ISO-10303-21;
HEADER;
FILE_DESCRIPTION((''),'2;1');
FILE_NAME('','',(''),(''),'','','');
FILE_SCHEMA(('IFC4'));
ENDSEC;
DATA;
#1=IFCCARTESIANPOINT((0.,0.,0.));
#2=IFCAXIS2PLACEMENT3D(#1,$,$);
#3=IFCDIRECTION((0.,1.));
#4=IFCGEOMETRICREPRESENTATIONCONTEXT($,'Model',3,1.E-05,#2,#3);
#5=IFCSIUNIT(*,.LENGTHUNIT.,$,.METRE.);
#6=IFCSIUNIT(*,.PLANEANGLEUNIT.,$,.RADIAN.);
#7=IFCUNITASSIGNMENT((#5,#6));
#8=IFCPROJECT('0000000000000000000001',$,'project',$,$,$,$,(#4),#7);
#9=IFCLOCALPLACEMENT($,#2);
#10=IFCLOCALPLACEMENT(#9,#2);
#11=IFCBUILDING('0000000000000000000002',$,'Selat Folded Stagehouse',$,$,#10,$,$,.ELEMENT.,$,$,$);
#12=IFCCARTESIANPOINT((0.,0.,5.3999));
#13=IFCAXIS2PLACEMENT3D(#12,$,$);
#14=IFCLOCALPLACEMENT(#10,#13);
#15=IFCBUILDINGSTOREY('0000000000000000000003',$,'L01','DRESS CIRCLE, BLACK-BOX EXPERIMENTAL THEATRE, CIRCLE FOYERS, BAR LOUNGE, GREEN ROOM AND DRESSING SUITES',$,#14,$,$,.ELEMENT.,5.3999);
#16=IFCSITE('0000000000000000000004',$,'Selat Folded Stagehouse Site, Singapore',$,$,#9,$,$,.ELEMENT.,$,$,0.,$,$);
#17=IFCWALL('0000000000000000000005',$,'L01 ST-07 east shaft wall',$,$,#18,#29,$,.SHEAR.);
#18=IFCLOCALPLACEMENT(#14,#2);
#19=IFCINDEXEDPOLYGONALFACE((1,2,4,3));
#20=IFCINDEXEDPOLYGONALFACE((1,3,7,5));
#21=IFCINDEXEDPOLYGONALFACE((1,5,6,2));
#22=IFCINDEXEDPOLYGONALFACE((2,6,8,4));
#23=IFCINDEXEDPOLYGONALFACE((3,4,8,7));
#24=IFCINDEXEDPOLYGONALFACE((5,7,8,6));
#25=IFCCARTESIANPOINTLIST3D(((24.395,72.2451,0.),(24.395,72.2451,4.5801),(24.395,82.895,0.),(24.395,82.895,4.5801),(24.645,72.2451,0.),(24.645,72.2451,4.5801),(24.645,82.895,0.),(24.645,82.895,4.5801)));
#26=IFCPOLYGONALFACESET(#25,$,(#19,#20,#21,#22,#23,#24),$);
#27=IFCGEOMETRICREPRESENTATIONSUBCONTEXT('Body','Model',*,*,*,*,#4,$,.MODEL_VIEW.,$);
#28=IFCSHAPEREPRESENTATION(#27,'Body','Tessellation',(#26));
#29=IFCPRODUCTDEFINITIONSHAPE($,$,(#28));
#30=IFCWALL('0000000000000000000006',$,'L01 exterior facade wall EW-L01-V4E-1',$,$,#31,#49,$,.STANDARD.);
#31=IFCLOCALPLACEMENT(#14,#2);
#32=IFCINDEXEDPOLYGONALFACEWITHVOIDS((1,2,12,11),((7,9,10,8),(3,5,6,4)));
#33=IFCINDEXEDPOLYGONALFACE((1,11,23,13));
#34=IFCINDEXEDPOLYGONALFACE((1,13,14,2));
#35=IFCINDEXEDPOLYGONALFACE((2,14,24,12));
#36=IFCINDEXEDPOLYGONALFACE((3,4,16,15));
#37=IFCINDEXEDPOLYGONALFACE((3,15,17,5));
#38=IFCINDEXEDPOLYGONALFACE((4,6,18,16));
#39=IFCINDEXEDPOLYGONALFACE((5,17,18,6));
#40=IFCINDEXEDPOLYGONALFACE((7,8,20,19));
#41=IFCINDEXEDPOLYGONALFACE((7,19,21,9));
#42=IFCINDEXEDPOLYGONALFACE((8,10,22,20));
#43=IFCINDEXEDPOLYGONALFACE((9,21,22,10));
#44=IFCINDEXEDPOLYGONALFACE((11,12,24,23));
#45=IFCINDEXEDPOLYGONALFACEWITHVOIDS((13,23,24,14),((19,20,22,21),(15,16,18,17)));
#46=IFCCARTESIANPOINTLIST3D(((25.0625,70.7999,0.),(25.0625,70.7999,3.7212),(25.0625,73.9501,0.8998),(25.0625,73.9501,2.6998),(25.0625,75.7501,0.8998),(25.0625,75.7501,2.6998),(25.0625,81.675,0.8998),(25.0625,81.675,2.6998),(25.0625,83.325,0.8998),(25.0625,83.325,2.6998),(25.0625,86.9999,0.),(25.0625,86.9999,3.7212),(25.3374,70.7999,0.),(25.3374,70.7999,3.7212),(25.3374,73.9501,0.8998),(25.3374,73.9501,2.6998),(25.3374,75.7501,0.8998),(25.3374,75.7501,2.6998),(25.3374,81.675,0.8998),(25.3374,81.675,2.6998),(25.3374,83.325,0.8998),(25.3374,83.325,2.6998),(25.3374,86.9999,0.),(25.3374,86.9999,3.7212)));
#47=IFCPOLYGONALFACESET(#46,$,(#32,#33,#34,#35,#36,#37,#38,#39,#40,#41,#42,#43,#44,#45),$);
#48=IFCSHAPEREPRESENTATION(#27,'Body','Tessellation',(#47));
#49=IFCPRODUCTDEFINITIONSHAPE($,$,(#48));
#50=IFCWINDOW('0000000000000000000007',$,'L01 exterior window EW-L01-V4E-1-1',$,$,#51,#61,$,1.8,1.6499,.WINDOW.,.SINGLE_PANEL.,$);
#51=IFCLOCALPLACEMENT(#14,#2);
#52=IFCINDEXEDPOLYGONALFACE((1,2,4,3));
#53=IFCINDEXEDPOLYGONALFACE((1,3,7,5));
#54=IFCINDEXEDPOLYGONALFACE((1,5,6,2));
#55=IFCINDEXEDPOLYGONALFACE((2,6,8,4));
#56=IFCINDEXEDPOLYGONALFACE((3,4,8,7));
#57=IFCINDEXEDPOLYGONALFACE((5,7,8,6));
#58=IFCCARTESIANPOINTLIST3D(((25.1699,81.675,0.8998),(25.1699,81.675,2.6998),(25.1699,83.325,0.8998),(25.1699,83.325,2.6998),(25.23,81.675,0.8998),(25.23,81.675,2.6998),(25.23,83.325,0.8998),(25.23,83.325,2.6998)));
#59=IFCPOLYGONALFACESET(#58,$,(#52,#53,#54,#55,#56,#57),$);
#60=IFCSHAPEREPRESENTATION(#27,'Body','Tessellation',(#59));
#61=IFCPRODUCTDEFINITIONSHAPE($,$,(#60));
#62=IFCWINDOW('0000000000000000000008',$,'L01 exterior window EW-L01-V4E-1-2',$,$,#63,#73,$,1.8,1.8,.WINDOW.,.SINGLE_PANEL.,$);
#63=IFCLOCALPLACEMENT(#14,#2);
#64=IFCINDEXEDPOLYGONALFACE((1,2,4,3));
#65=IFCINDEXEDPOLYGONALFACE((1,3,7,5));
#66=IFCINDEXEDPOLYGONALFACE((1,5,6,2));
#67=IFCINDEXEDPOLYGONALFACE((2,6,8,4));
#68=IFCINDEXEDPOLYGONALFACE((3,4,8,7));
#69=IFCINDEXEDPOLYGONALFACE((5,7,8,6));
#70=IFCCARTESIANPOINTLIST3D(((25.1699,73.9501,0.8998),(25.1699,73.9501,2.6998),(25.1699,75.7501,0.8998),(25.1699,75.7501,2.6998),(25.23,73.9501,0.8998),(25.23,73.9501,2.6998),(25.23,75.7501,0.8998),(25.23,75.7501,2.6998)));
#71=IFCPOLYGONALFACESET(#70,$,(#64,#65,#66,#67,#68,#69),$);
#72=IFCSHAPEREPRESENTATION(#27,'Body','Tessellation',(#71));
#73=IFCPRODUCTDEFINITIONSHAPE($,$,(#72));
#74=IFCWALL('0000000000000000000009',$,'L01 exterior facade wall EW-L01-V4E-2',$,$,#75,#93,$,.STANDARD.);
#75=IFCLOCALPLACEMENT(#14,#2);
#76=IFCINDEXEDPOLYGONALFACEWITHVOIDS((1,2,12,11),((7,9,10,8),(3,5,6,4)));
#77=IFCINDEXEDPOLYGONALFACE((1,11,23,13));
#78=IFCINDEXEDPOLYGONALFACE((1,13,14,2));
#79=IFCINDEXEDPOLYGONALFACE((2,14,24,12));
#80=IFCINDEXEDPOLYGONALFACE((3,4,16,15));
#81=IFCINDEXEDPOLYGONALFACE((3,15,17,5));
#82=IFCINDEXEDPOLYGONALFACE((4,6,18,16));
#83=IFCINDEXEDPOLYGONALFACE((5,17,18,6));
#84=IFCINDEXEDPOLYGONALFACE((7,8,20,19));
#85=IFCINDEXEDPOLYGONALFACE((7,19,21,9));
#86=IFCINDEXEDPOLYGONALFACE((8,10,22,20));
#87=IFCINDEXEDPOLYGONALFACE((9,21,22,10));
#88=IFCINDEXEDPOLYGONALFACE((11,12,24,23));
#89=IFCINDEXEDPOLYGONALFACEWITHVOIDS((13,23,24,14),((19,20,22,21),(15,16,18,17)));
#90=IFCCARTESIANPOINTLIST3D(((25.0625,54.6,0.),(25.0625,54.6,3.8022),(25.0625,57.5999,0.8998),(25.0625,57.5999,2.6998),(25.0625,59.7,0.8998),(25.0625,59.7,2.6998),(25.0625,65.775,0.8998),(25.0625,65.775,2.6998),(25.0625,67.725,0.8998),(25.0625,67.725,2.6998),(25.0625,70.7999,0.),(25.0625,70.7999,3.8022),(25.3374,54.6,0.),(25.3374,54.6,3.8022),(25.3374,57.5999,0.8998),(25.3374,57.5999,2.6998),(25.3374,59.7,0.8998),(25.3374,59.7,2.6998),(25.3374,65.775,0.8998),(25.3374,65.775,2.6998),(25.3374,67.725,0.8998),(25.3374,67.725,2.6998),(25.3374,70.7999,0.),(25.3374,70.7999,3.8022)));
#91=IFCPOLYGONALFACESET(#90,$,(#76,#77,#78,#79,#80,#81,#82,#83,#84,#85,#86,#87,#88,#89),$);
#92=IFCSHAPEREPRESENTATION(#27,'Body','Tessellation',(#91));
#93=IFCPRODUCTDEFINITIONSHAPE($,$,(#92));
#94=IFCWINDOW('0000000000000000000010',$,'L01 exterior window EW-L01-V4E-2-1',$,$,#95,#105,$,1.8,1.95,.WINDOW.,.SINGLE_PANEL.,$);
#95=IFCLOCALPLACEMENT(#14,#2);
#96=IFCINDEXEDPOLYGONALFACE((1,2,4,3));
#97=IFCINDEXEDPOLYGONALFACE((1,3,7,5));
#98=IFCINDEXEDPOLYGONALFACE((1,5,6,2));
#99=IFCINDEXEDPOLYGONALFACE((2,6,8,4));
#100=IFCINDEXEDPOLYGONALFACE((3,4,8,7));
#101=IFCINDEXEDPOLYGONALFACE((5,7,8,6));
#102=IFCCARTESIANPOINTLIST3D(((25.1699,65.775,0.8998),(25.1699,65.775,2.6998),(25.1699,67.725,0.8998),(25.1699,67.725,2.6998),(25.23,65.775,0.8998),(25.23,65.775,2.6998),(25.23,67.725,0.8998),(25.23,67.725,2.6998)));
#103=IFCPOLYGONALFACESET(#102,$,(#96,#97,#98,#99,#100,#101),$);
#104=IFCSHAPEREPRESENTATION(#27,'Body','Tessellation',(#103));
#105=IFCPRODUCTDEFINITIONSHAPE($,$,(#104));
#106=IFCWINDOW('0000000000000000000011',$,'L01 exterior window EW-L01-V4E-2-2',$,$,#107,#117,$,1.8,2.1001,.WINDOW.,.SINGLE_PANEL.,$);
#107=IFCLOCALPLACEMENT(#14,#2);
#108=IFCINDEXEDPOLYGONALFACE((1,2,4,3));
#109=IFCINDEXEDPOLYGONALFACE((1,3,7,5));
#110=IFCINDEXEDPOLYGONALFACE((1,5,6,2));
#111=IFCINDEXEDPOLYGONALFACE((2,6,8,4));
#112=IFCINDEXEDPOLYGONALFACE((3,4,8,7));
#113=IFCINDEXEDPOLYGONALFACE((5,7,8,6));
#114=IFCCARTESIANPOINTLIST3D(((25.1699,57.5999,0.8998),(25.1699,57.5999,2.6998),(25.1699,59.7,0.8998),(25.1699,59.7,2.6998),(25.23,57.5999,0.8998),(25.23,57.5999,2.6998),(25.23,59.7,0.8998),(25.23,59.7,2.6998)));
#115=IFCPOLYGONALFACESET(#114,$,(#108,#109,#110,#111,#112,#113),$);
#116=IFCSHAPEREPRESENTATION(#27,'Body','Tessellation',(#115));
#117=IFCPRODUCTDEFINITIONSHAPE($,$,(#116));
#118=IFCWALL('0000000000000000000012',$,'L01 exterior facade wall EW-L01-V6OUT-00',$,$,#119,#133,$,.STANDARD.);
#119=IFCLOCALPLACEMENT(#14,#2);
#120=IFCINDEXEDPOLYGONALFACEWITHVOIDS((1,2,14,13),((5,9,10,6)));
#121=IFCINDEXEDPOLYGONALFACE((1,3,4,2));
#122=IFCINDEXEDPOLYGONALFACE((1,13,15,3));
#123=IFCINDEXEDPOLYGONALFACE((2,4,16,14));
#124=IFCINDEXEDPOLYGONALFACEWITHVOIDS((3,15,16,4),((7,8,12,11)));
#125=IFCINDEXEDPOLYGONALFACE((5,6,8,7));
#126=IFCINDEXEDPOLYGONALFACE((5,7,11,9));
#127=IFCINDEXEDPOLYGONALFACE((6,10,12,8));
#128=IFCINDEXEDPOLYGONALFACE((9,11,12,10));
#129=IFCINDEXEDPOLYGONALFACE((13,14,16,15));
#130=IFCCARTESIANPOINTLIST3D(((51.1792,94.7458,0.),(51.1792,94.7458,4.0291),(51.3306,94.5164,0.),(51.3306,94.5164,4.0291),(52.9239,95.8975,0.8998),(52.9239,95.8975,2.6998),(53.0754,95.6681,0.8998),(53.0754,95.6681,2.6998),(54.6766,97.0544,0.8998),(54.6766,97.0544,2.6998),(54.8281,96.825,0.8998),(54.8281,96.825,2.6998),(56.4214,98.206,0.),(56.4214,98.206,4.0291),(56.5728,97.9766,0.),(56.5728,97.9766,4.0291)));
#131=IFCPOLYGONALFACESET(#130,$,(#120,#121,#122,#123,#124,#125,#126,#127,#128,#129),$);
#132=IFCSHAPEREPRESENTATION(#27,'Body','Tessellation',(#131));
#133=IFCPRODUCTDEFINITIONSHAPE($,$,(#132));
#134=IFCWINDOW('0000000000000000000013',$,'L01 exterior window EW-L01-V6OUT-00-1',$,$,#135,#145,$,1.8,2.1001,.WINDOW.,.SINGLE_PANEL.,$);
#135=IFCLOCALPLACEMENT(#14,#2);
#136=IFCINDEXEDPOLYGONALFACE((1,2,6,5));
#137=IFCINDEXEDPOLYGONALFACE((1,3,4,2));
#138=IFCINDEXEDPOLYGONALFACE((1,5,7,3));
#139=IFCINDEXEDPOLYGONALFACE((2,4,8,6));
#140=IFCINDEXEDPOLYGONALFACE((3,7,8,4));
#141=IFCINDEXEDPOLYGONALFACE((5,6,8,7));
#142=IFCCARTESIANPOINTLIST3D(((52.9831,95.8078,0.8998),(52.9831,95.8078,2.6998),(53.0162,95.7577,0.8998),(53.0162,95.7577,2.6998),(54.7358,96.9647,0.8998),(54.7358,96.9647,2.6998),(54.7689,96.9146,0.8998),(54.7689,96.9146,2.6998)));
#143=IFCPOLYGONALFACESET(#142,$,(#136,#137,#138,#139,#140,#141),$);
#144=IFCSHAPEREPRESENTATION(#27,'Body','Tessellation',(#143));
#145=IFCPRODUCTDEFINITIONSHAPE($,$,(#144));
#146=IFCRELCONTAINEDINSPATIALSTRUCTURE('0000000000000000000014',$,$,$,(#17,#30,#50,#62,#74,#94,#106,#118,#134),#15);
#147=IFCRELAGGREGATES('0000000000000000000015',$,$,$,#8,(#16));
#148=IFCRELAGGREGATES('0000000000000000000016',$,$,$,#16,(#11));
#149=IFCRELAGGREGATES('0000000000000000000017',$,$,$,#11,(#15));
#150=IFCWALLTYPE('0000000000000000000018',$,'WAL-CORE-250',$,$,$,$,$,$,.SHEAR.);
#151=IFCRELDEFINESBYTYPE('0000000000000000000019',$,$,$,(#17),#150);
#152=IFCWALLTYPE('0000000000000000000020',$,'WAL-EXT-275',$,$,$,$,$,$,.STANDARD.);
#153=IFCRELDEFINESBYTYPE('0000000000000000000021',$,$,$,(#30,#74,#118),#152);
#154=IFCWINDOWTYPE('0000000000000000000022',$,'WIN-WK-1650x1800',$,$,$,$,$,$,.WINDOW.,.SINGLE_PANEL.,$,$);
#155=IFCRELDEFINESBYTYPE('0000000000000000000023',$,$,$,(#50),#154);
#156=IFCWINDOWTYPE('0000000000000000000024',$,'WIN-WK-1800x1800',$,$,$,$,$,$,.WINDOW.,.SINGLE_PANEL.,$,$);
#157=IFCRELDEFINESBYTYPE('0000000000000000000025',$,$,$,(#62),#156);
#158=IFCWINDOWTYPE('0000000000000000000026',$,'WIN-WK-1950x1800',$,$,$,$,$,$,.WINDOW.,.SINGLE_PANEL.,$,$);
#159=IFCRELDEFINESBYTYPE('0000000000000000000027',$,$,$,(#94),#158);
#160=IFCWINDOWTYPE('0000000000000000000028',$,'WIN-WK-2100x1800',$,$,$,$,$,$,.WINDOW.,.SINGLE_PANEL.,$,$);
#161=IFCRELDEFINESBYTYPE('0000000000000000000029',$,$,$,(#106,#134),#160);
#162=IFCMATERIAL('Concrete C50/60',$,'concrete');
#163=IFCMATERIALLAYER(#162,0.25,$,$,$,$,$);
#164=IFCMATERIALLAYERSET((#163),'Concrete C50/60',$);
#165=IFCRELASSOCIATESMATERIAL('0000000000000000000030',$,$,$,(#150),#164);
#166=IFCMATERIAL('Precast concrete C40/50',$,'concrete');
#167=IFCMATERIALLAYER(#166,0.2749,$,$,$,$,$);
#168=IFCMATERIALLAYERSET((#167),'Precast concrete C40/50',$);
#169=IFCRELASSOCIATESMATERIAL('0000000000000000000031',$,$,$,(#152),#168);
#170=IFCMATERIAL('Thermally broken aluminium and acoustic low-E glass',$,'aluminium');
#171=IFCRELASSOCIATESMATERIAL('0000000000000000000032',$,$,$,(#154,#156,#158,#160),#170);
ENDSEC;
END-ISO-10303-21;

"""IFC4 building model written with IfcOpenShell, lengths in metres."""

from ifc_helpers import new_model, si_unit, direction, frame, frame_2d, origin, place, context, subcontext, project, spatial, rectangle, extrude, material, layer, layer_set, type_object, element, fill, save


model = new_model("IFC4")

# Units and contexts
model_context = context("Model", 3, precision=1e-05, world=origin(), true_north=direction((0.0, 1.0)))
body_context = subcontext(model_context, "Body", "Model", "MODEL_VIEW")
ifc_project = project(units=[si_unit("LENGTHUNIT", "METRE"), si_unit("PLANEANGLEUNIT", "RADIAN")], contexts=[model_context])

# Site, building, storey
site_placement = place(None, origin())
site = spatial("IfcSite", under=ifc_project, at=site_placement, Name="Selat Folded Stagehouse Site, Singapore", CompositionType="ELEMENT", RefElevation=0.0)
building_placement = place(site_placement, origin())
building = spatial("IfcBuilding", under=site, at=building_placement, Name="Selat Folded Stagehouse", CompositionType="ELEMENT")
storey_placement = place(building_placement, frame((0.0, 0.0, 5.3999)))
storey = spatial("IfcBuildingStorey", under=building, at=storey_placement, Name="L01", Description="DRESS CIRCLE, BLACK-BOX EXPERIMENTAL THEATRE, CIRCLE FOYERS, BAR LOUNGE, GREEN ROOM AND DRESSING SUITES", CompositionType="ELEMENT", Elevation=5.3999)

# Wall
ifc_material_1 = material(Name="Concrete C50/60", Category="concrete")
ifc_layer_1 = layer(ifc_material_1, 0.25)
ifc_layer_set_1 = layer_set([ifc_layer_1], Name="Concrete C50/60")
wall_type_1 = type_object("IfcWallType", Name="WAL-CORE-250", PredefinedType="SHEAR", material=ifc_layer_set_1)
wall_1_placement = place(storey_placement, frame((24.52, 82.895, 0.0), z_axis=(0.0, 0.0, 1.0), x_axis=(0.0, -1.0, 0.0)))
element("IfcWall", 1, at=wall_1_placement, inside=storey, type_object=wall_type_1, Name="L01 ST-07 east shaft wall", PredefinedType="SHEAR", context=body_context, shape_type="SweptSolid", body=[
    extrude(rectangle(XDim=10.6499, YDim=0.25, at=frame_2d((5.325, 0.0))), origin(), (0.0, 0.0, 1.0), 4.5801),
])

# Walls, openings, windows
ifc_material_2 = material(Name="Precast concrete C40/50", Category="concrete")
ifc_layer_2 = layer(ifc_material_2, 0.2749)
ifc_layer_set_2 = layer_set([ifc_layer_2], Name="Precast concrete C40/50")
wall_type_2 = type_object("IfcWallType", Name="WAL-EXT-275", PredefinedType="STANDARD", material=ifc_layer_set_2)
wall_2_placement = place(storey_placement, frame((25.2, 87.0, 0.0), z_axis=(0.0, 0.0, 1.0), x_axis=(0.0, -1.0, 0.0)))
wall_2 = element("IfcWall", 2, at=wall_2_placement, inside=storey, type_object=wall_type_2, Name="L01 exterior facade wall EW-L01-V4E-1", PredefinedType="STANDARD", context=body_context, shape_type="SweptSolid", body=[
    extrude(rectangle(XDim=16.2, YDim=0.2749, at=frame_2d((8.1001, 0.0))), origin(), (0.0, 0.0, 1.0), 3.7212),
])
opening_1_placement = place(wall_2_placement, frame((3.675, 0.0, 0.8999)))
opening_1 = element("IfcOpeningElement", 3, at=opening_1_placement, cuts=wall_2, PredefinedType="OPENING", context=body_context, shape_type="SweptSolid", body=[
    extrude(rectangle(XDim=1.6499, YDim=1.8, at=frame_2d((0.825, 0.8999))), frame((0.0, 0.1475, 0.0), z_axis=(0.0, -1.0, 0.0), x_axis=(1.0, 0.0, 0.0)), (0.0, 0.0, 1.0), 0.2949),
])
opening_2_placement = place(wall_2_placement, frame((11.25, 0.0, 0.8999)))
opening_2 = element("IfcOpeningElement", 4, at=opening_2_placement, cuts=wall_2, PredefinedType="OPENING", context=body_context, shape_type="SweptSolid", body=[
    extrude(rectangle(XDim=1.8, YDim=1.8, at=frame_2d((0.8999, 0.8999))), frame((0.0, 0.1475, 0.0), z_axis=(0.0, -1.0, 0.0), x_axis=(1.0, 0.0, 0.0)), (0.0, 0.0, 1.0), 0.2949),
])
ifc_material_3 = material(Name="Thermally broken aluminium and acoustic low-E glass", Category="aluminium")
window_type_1 = type_object("IfcWindowType", Name="WIN-WK-1650x1800", PartitioningType="SINGLE_PANEL", PredefinedType="WINDOW", material=ifc_material_3)
window_1_placement = place(opening_1_placement, origin())
window_1 = element("IfcWindow", 5, at=window_1_placement, inside=storey, type_object=window_type_1, Name="L01 exterior window EW-L01-V4E-1-1", OverallHeight=1.8, OverallWidth=1.6499, PartitioningType="SINGLE_PANEL", PredefinedType="WINDOW", context=body_context, shape_type="SweptSolid", body=[
    extrude(rectangle(XDim=1.6499, YDim=1.8, at=frame_2d((0.825, 0.8999))), frame((0.0, 0.03, 0.0), z_axis=(0.0, -1.0, 0.0), x_axis=(1.0, 0.0, 0.0)), (0.0, 0.0, 1.0), 0.0601),
])
fill(opening_1, window_1)
window_type_2 = type_object("IfcWindowType", Name="WIN-WK-1800x1800", PartitioningType="SINGLE_PANEL", PredefinedType="WINDOW", material=ifc_material_3)
window_2_placement = place(opening_2_placement, origin())
window_2 = element("IfcWindow", 6, at=window_2_placement, inside=storey, type_object=window_type_2, Name="L01 exterior window EW-L01-V4E-1-2", OverallHeight=1.8, OverallWidth=1.8, PartitioningType="SINGLE_PANEL", PredefinedType="WINDOW", context=body_context, shape_type="SweptSolid", body=[
    extrude(rectangle(XDim=1.8, YDim=1.8, at=frame_2d((0.8999, 0.8999))), frame((0.0, 0.03, 0.0), z_axis=(0.0, -1.0, 0.0), x_axis=(1.0, 0.0, 0.0)), (0.0, 0.0, 1.0), 0.0601),
])
fill(opening_2, window_2)
wall_3_placement = place(storey_placement, frame((25.2, 70.8, 0.0), z_axis=(0.0, 0.0, 1.0), x_axis=(0.0, -1.0, 0.0)))
wall_3 = element("IfcWall", 7, at=wall_3_placement, inside=storey, type_object=wall_type_2, Name="L01 exterior facade wall EW-L01-V4E-2", PredefinedType="STANDARD", context=body_context, shape_type="SweptSolid", body=[
    extrude(rectangle(XDim=16.2, YDim=0.2749, at=frame_2d((8.1001, 0.0))), origin(), (0.0, 0.0, 1.0), 3.8022),
])
opening_3_placement = place(wall_3_placement, frame((3.075, 0.0, 0.8999)))
opening_3 = element("IfcOpeningElement", 8, at=opening_3_placement, cuts=wall_3, PredefinedType="OPENING", context=body_context, shape_type="SweptSolid", body=[
    extrude(rectangle(XDim=1.95, YDim=1.8, at=frame_2d((0.9751, 0.8999))), frame((0.0, 0.1475, 0.0), z_axis=(0.0, -1.0, 0.0), x_axis=(1.0, 0.0, 0.0)), (0.0, 0.0, 1.0), 0.2949),
])
opening_4_placement = place(wall_3_placement, frame((11.1001, 0.0, 0.8999)))
opening_4 = element("IfcOpeningElement", 9, at=opening_4_placement, cuts=wall_3, PredefinedType="OPENING", context=body_context, shape_type="SweptSolid", body=[
    extrude(rectangle(XDim=2.1001, YDim=1.8, at=frame_2d((1.05, 0.8999))), frame((0.0, 0.1475, 0.0), z_axis=(0.0, -1.0, 0.0), x_axis=(1.0, 0.0, 0.0)), (0.0, 0.0, 1.0), 0.2949),
])
window_type_3 = type_object("IfcWindowType", Name="WIN-WK-1950x1800", PartitioningType="SINGLE_PANEL", PredefinedType="WINDOW", material=ifc_material_3)
window_3_placement = place(opening_3_placement, origin())
window_3 = element("IfcWindow", 10, at=window_3_placement, inside=storey, type_object=window_type_3, Name="L01 exterior window EW-L01-V4E-2-1", OverallHeight=1.8, OverallWidth=1.95, PartitioningType="SINGLE_PANEL", PredefinedType="WINDOW", context=body_context, shape_type="SweptSolid", body=[
    extrude(rectangle(XDim=1.95, YDim=1.8, at=frame_2d((0.9751, 0.8999))), frame((0.0, 0.03, 0.0), z_axis=(0.0, -1.0, 0.0), x_axis=(1.0, 0.0, 0.0)), (0.0, 0.0, 1.0), 0.0601),
])
fill(opening_3, window_3)
window_type_4 = type_object("IfcWindowType", Name="WIN-WK-2100x1800", PartitioningType="SINGLE_PANEL", PredefinedType="WINDOW", material=ifc_material_3)
window_4_placement = place(opening_4_placement, origin())
window_4 = element("IfcWindow", 11, at=window_4_placement, inside=storey, type_object=window_type_4, Name="L01 exterior window EW-L01-V4E-2-2", OverallHeight=1.8, OverallWidth=2.1001, PartitioningType="SINGLE_PANEL", PredefinedType="WINDOW", context=body_context, shape_type="SweptSolid", body=[
    extrude(rectangle(XDim=2.1001, YDim=1.8, at=frame_2d((1.05, 0.8999))), frame((0.0, 0.03, 0.0), z_axis=(0.0, -1.0, 0.0), x_axis=(1.0, 0.0, 0.0)), (0.0, 0.0, 1.0), 0.0601),
])
fill(opening_4, window_4)

# Wall, opening, window
wall_4_placement = place(storey_placement, frame((51.2549, 94.6311, 0.0), z_axis=(0.0, 0.0, 1.0), x_axis=(0.834583, 0.550882, 0.0)))
wall_4 = element("IfcWall", 12, at=wall_4_placement, inside=storey, type_object=wall_type_2, Name="L01 exterior facade wall EW-L01-V6OUT-00", PredefinedType="STANDARD", context=body_context, shape_type="SweptSolid", body=[
    extrude(rectangle(XDim=6.2812, YDim=0.2749, at=frame_2d((3.1406, 0.0))), origin(), (0.0, 0.0, 1.0), 4.0291),
])
opening_5_placement = place(wall_4_placement, frame((2.0906, 0.0, 0.8999)))
opening_5 = element("IfcOpeningElement", 13, at=opening_5_placement, cuts=wall_4, PredefinedType="OPENING", context=body_context, shape_type="SweptSolid", body=[
    extrude(rectangle(XDim=2.1001, YDim=1.8, at=frame_2d((1.05, 0.8999))), frame((0.0, 0.1475, 0.0), z_axis=(0.0, -1.0, 0.0), x_axis=(1.0, 0.0, 0.0)), (0.0, 0.0, 1.0), 0.2949),
])
window_5_placement = place(opening_5_placement, origin())
window_5 = element("IfcWindow", 14, at=window_5_placement, inside=storey, type_object=window_type_4, Name="L01 exterior window EW-L01-V6OUT-00-1", OverallHeight=1.8, OverallWidth=2.1001, PartitioningType="SINGLE_PANEL", PredefinedType="WINDOW", context=body_context, shape_type="SweptSolid", body=[
    extrude(rectangle(XDim=2.1001, YDim=1.8, at=frame_2d((1.05, 0.8999))), frame((0.0, 0.03, 0.0), z_axis=(0.0, -1.0, 0.0), x_axis=(1.0, 0.0, 0.0)), (0.0, 0.0, 1.0), 0.0601),
])
fill(opening_5, window_5)

save(model, "model.ifc")
